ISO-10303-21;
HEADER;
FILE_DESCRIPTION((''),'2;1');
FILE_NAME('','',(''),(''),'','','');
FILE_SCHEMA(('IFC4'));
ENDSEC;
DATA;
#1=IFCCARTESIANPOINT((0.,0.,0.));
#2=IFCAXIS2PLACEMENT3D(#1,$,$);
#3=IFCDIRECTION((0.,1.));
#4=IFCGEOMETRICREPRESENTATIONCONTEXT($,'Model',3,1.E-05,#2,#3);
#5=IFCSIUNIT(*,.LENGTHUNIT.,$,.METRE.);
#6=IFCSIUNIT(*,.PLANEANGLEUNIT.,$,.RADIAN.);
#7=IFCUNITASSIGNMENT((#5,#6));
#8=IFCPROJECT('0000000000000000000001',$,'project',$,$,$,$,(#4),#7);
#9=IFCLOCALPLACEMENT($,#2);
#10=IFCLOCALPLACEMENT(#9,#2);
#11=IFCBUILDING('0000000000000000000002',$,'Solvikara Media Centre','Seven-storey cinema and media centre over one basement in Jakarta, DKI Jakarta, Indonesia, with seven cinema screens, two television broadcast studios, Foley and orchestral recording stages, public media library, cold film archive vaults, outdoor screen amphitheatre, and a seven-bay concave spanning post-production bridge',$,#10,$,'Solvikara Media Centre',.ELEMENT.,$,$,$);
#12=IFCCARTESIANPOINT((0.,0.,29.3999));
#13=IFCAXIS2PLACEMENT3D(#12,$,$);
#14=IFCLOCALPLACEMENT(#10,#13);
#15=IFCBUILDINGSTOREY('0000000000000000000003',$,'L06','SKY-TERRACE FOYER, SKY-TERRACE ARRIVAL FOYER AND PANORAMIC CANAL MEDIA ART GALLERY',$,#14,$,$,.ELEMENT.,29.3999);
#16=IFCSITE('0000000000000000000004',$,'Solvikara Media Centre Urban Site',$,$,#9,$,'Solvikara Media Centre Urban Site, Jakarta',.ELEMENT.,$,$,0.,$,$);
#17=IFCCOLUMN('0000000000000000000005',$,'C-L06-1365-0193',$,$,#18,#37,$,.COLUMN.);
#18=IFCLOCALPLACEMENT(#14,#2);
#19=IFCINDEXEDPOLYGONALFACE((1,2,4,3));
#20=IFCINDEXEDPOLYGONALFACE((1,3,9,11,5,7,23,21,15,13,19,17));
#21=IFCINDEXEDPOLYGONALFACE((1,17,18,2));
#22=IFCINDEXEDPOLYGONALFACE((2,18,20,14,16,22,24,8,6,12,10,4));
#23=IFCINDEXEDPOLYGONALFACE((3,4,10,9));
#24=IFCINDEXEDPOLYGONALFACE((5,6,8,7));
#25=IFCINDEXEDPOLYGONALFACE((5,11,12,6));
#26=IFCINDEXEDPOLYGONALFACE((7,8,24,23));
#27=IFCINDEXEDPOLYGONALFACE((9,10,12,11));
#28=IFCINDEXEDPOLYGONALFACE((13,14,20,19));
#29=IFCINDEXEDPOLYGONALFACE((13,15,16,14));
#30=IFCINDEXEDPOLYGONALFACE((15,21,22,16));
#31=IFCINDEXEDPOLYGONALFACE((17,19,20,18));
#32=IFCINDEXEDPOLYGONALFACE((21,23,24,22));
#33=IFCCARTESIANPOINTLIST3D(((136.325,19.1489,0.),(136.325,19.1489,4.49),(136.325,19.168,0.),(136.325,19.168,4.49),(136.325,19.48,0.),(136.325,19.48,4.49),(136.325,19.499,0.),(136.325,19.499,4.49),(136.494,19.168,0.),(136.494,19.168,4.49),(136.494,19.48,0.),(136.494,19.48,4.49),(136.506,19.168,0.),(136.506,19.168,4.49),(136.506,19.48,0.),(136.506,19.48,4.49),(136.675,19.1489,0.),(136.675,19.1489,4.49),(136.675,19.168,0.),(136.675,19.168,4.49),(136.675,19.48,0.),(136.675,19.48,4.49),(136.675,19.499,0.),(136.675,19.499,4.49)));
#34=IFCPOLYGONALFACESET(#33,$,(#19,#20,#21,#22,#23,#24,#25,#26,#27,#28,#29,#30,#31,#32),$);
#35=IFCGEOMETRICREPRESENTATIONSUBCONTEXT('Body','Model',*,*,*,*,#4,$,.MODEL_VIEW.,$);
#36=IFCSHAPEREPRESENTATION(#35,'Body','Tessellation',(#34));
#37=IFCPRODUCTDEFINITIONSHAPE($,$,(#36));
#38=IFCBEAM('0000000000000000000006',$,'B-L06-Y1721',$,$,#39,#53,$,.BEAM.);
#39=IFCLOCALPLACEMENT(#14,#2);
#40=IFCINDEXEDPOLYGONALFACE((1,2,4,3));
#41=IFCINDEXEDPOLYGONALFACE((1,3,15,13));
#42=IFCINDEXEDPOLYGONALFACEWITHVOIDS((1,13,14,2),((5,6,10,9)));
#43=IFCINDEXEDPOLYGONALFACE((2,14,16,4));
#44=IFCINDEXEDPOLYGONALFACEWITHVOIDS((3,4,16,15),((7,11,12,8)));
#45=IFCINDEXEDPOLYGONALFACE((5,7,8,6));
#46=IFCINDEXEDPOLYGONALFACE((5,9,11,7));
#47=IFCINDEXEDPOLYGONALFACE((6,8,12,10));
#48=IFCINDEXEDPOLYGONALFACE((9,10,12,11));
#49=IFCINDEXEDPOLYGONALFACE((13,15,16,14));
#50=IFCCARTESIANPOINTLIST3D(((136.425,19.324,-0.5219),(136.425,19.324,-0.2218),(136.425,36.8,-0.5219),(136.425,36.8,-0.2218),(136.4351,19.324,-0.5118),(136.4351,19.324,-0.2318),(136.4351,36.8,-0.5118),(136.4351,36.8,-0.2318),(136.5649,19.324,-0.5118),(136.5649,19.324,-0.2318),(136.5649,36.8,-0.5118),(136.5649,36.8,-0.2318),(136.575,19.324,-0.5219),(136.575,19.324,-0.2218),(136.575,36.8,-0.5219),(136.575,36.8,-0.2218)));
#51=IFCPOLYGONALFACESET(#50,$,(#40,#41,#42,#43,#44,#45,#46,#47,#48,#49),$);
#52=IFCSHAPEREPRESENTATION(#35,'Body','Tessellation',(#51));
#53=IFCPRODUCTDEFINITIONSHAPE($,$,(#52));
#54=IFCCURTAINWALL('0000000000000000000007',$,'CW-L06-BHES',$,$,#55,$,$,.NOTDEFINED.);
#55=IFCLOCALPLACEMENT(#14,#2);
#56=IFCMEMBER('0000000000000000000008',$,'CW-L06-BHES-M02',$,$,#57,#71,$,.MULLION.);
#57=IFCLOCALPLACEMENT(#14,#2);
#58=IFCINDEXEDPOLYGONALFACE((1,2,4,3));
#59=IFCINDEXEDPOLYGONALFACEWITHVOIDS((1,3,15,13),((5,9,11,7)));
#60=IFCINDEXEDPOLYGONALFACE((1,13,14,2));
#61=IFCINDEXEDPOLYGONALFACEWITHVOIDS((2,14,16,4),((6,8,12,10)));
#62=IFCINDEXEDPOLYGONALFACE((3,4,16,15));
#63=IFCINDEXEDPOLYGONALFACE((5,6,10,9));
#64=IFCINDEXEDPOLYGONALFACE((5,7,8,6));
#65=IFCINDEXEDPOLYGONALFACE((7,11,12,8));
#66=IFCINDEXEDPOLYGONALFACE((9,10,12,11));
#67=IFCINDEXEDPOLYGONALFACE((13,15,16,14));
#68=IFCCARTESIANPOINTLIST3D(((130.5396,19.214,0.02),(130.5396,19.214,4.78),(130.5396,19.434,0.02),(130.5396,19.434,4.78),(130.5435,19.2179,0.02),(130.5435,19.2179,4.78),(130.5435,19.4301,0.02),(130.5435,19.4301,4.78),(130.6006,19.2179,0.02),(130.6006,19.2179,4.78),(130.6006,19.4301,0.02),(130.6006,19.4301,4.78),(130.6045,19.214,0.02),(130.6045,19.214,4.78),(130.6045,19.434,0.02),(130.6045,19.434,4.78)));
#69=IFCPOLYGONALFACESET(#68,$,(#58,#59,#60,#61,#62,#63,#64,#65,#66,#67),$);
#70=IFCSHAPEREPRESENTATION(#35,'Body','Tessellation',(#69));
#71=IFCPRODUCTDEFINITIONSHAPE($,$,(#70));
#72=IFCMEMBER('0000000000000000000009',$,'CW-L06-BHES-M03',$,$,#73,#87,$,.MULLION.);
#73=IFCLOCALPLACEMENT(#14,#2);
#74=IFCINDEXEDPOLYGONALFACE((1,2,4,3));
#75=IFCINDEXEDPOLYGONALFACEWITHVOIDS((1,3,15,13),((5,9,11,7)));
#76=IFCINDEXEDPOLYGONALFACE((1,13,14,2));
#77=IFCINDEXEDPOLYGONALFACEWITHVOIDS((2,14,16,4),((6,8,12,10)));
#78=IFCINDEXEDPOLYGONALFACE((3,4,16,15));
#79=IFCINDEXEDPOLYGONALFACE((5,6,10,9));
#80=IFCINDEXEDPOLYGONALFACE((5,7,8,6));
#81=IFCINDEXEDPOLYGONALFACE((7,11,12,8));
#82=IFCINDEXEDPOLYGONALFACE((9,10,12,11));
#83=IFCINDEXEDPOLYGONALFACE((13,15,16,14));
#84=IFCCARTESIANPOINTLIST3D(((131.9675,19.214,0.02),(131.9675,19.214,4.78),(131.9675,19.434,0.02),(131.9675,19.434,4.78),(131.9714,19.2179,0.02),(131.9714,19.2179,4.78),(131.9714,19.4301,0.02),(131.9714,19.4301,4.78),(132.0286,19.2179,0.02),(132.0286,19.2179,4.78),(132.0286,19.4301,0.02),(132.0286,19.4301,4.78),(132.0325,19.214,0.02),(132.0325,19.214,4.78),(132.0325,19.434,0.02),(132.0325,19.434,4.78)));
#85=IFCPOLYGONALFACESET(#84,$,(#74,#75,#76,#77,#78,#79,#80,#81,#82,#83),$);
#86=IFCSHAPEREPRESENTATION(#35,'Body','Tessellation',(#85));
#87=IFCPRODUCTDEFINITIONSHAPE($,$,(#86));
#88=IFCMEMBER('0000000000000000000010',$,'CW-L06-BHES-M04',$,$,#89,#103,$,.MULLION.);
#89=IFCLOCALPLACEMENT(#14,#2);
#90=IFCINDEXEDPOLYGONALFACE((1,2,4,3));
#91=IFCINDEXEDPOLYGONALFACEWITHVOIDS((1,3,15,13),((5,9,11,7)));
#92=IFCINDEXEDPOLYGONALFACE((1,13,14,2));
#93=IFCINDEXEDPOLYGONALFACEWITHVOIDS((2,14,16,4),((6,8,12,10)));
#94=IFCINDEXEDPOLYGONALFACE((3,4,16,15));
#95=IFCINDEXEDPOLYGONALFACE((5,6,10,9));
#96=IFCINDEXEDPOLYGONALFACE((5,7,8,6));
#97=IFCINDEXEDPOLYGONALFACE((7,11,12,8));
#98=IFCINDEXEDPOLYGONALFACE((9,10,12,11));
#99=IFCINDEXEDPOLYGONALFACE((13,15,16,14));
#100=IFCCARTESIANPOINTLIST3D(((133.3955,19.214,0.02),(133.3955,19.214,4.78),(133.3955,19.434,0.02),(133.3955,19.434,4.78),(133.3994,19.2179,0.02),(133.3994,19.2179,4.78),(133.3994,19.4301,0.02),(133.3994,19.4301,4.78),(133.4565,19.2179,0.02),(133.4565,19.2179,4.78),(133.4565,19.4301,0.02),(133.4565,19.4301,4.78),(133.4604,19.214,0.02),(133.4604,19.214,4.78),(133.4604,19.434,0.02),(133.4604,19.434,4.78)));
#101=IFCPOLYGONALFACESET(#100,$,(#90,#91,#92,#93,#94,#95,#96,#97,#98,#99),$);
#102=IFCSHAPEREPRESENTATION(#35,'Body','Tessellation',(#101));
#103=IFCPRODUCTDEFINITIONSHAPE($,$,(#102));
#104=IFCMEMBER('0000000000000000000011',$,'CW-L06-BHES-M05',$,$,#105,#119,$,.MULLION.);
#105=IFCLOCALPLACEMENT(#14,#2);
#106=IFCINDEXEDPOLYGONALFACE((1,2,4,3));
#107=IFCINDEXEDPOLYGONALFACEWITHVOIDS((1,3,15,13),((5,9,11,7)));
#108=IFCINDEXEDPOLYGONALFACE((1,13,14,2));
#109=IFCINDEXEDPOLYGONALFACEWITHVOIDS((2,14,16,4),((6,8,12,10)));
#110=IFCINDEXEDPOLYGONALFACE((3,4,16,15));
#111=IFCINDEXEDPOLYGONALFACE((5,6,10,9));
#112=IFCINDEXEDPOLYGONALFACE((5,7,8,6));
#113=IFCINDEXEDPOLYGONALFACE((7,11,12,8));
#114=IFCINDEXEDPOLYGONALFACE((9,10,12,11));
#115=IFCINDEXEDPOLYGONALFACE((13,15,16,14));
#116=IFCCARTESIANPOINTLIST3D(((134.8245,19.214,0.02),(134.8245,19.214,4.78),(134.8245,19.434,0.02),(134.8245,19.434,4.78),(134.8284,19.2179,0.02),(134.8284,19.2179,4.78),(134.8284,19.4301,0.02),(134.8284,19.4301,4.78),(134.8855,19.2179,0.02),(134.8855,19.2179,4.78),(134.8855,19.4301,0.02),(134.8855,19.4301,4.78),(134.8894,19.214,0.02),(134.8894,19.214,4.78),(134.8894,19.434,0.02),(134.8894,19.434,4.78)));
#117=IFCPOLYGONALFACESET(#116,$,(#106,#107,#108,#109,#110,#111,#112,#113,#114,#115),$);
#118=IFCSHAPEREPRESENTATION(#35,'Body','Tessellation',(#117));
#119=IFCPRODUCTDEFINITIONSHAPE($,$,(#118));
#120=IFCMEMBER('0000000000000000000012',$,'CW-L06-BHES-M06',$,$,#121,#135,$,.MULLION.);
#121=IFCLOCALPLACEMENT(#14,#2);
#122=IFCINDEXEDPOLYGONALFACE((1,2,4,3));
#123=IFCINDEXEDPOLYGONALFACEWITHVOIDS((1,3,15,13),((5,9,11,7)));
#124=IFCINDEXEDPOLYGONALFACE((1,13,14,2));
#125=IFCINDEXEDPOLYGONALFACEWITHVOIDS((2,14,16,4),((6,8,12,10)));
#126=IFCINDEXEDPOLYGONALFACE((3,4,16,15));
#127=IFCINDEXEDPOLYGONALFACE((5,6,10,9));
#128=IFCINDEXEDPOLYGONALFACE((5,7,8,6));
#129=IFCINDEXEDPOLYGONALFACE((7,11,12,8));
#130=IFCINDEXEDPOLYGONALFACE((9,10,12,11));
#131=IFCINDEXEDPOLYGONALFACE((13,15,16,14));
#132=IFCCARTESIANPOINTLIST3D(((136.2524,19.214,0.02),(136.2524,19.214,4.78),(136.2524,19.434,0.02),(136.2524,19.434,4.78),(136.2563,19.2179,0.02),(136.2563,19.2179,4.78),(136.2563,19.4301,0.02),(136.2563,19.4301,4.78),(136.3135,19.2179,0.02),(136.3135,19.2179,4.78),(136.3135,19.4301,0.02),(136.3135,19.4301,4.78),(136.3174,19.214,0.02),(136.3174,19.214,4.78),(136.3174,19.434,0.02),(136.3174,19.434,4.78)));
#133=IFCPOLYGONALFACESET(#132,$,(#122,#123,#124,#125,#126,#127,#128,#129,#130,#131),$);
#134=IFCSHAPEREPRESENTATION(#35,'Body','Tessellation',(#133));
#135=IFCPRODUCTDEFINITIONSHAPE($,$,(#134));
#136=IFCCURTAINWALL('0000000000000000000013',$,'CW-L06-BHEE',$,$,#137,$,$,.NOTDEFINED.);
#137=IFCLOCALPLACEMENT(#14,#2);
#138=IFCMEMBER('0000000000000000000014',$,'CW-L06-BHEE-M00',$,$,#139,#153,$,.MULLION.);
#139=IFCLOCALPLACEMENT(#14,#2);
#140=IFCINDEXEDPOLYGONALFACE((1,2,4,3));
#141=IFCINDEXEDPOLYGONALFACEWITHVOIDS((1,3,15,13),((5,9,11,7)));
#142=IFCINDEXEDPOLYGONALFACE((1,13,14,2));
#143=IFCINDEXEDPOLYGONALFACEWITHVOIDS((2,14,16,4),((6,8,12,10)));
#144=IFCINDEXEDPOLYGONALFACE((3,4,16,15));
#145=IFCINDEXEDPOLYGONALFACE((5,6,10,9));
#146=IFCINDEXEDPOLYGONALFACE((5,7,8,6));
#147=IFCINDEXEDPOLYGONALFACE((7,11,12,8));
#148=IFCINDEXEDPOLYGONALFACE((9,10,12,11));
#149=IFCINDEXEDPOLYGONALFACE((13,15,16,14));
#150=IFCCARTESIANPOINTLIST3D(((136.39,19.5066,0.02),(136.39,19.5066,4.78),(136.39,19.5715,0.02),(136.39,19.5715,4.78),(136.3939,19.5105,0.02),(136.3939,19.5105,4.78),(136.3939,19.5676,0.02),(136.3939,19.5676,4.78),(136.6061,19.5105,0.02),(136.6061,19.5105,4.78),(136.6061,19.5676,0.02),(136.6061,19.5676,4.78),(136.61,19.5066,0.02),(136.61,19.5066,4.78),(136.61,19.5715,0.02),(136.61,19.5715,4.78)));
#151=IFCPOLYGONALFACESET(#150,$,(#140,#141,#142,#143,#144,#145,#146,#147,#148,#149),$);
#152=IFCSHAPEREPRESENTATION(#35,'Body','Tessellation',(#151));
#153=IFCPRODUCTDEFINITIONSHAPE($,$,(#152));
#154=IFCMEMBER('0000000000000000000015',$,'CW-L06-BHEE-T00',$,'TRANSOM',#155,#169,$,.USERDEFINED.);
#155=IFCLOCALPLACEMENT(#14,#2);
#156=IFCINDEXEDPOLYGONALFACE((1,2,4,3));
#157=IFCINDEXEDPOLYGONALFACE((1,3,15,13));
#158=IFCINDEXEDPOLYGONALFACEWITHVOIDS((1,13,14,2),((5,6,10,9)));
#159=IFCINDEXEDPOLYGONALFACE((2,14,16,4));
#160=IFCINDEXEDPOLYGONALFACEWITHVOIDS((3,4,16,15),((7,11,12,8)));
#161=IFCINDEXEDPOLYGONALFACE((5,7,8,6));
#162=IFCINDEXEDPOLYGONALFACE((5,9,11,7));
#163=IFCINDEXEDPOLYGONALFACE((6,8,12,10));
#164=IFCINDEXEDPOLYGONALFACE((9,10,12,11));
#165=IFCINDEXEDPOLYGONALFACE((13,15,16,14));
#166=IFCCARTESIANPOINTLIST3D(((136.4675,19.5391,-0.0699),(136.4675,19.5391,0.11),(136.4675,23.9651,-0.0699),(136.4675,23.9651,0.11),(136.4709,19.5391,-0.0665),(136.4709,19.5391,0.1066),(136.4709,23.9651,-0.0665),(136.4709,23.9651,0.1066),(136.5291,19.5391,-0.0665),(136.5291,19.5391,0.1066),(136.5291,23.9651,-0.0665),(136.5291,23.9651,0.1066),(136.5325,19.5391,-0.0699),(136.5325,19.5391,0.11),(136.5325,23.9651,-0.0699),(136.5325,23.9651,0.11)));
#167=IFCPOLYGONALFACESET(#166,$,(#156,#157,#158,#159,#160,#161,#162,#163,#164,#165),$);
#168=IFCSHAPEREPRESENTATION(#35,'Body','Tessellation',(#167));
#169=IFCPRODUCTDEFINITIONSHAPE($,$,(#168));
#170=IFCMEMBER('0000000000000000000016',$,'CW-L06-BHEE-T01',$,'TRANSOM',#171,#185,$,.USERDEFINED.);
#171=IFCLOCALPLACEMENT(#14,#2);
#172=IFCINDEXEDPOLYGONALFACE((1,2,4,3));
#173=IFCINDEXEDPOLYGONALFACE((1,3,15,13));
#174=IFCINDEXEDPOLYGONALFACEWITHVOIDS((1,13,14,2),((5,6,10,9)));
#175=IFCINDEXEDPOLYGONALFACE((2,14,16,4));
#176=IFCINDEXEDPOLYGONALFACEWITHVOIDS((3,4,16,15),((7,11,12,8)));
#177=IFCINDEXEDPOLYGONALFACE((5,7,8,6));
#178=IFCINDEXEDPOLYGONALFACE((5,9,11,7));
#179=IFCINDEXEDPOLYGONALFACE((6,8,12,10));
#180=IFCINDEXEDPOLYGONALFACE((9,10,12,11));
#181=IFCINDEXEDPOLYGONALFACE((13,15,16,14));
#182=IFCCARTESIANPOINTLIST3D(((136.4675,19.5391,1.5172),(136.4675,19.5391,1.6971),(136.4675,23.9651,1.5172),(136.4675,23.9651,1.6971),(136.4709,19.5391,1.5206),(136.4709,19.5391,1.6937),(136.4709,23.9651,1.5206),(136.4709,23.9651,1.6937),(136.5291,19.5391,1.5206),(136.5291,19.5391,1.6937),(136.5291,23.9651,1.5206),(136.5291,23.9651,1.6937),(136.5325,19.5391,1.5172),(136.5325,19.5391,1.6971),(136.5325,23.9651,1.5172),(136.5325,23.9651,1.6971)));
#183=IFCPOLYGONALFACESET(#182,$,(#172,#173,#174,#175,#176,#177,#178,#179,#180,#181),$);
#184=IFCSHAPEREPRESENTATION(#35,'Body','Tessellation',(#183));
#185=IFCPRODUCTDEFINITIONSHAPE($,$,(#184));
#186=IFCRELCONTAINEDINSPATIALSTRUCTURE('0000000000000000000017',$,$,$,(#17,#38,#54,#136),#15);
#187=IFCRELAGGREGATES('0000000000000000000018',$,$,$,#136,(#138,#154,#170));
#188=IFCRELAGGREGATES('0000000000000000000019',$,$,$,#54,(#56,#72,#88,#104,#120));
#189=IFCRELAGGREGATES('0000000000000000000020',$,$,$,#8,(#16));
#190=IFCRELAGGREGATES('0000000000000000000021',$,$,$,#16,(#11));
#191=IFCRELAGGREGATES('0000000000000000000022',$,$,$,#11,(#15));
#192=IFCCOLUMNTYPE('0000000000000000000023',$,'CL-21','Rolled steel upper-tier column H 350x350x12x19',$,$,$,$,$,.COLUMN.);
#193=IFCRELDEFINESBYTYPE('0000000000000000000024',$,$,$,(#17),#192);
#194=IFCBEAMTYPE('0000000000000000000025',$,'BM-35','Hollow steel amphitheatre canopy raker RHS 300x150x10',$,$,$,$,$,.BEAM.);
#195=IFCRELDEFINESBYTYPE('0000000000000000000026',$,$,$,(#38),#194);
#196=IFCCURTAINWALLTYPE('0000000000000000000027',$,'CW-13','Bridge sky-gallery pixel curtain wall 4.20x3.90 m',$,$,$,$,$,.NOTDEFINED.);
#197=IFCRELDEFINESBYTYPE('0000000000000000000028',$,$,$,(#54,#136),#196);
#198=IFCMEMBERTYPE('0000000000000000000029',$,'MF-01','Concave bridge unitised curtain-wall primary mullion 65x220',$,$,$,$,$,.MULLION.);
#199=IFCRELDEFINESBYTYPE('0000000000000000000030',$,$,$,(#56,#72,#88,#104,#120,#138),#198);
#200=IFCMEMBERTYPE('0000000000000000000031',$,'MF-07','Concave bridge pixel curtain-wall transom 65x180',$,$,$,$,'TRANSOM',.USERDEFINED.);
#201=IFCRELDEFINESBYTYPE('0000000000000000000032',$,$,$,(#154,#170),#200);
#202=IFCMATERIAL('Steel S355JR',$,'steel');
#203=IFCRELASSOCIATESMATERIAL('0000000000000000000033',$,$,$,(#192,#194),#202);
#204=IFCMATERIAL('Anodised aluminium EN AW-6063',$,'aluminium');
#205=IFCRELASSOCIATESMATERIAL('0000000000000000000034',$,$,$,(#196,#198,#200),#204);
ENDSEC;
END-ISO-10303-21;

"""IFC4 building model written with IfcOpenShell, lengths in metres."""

from ifc_helpers import new_model, si_unit, direction, frame, origin, origin_2d, place, context, subcontext, project, spatial, hollow_rectangle, i_section, extrude, material, material_profile, profile_set, type_object, element, aggregate, save


model = new_model("IFC4")

# Units and contexts
model_context = context("Model", 3, precision=1e-05, world=origin(), true_north=direction((0.0, 1.0)))
body_context = subcontext(model_context, "Body", "Model", "MODEL_VIEW")
ifc_project = project(units=[si_unit("LENGTHUNIT", "METRE"), si_unit("PLANEANGLEUNIT", "RADIAN")], contexts=[model_context])

# Site, building, storey
site_placement = place(None, origin())
site = spatial("IfcSite", under=ifc_project, at=site_placement, Name="Solvikara Media Centre Urban Site", LongName="Solvikara Media Centre Urban Site, Jakarta", CompositionType="ELEMENT", RefElevation=0.0)
building_placement = place(site_placement, origin())
building = spatial("IfcBuilding", under=site, at=building_placement, Name="Solvikara Media Centre", Description="Seven-storey cinema and media centre over one basement in Jakarta, DKI Jakarta, Indonesia, with seven cinema screens, two television broadcast studios, Foley and orchestral recording stages, public media library, cold film archive vaults, outdoor screen amphitheatre, and a seven-bay concave spanning post-production bridge", LongName="Solvikara Media Centre", CompositionType="ELEMENT")
storey_placement = place(building_placement, frame((0.0, 0.0, 29.3999)))
storey = spatial("IfcBuildingStorey", under=building, at=storey_placement, Name="L06", Description="SKY-TERRACE FOYER, SKY-TERRACE ARRIVAL FOYER AND PANORAMIC CANAL MEDIA ART GALLERY", CompositionType="ELEMENT", Elevation=29.3999)

# Column
ifc_material_1 = material(Name="Steel S355JR", Category="steel")
ifc_material_profile_1 = material_profile(ifc_material_1, i_section(OverallWidth=0.3501, OverallDepth=0.3501, WebThickness=0.012, FlangeThickness=0.019, at=origin_2d()), Name="H 350x350x12x19")
ifc_profile_set_1 = profile_set([ifc_material_profile_1], Name="Steel S355JR")
column_type = type_object("IfcColumnType", Name="CL-21", Description="Rolled steel upper-tier column H 350x350x12x19", PredefinedType="COLUMN", material=ifc_profile_set_1)
column_placement = place(storey_placement, frame((136.5, 19.324, 0.0), z_axis=(0.0, 0.0, 1.0), x_axis=(1.0, 0.0, 0.0)))
element("IfcColumn", 1, at=column_placement, inside=storey, type_object=column_type, Name="C-L06-1365-0193", PredefinedType="COLUMN", context=body_context, shape_type="SweptSolid", body=[
    extrude(i_section(OverallWidth=0.3501, OverallDepth=0.3501, WebThickness=0.012, FlangeThickness=0.019, at=origin_2d()), origin(), (0.0, 0.0, 1.0), 4.49),
])

# Beam
ifc_material_profile_2 = material_profile(ifc_material_1, hollow_rectangle(XDim=0.1499, YDim=0.3, WallThickness=0.01, at=origin_2d()), Name="RHS 300x150x10")
ifc_profile_set_2 = profile_set([ifc_material_profile_2], Name="Steel S355JR")
beam_type = type_object("IfcBeamType", Name="BM-35", Description="Hollow steel amphitheatre canopy raker RHS 300x150x10", PredefinedType="BEAM", material=ifc_profile_set_2)
beam_placement = place(storey_placement, frame((136.5, 19.324, -0.3718), z_axis=(0.0, 1.0, 0.0), x_axis=(-1.0, 0.0, 0.0)))
element("IfcBeam", 2, at=beam_placement, inside=storey, type_object=beam_type, Name="B-L06-Y1721", PredefinedType="BEAM", context=body_context, shape_type="SweptSolid", body=[
    extrude(hollow_rectangle(XDim=0.1499, YDim=0.3, WallThickness=0.01, at=origin_2d()), origin(), (0.0, 0.0, 1.0), 17.4761),
])

# Curtain walls, members
ifc_material_2 = material(Name="Anodised aluminium EN AW-6063", Category="aluminium")
curtain_wall_type = type_object("IfcCurtainWallType", Name="CW-13", Description="Bridge sky-gallery pixel curtain wall 4.20x3.90 m", PredefinedType="NOTDEFINED", material=ifc_material_2)
curtain_wall_1_placement = place(storey_placement, origin())
curtain_wall_1 = element("IfcCurtainWall", 3, at=curtain_wall_1_placement, inside=storey, type_object=curtain_wall_type, Name="CW-L06-BHES", PredefinedType="NOTDEFINED")
ifc_material_profile_3 = material_profile(ifc_material_2, hollow_rectangle(XDim=0.0649, YDim=0.22, WallThickness=0.0039, at=origin_2d()), Name="ALU-M 65x220x4")
ifc_profile_set_3 = profile_set([ifc_material_profile_3], Name="Anodised aluminium EN AW-6063")
member_type_1 = type_object("IfcMemberType", Name="MF-01", Description="Concave bridge unitised curtain-wall primary mullion 65x220", PredefinedType="MULLION", material=ifc_profile_set_3)
member_1_placement = place(storey_placement, frame((130.572, 19.324, 0.02), z_axis=(0.0, 0.0, 1.0), x_axis=(1.0, 0.0, 0.0)))
member_1 = element("IfcMember", 4, at=member_1_placement, type_object=member_type_1, Name="CW-L06-BHES-M02", PredefinedType="MULLION", context=body_context, shape_type="SweptSolid", body=[
    extrude(hollow_rectangle(XDim=0.0649, YDim=0.22, WallThickness=0.0039, at=origin_2d()), origin(), (0.0, 0.0, 1.0), 4.76),
])
member_2_placement = place(storey_placement, frame((132.0, 19.324, 0.02), z_axis=(0.0, 0.0, 1.0), x_axis=(1.0, 0.0, 0.0)))
member_2 = element("IfcMember", 5, at=member_2_placement, type_object=member_type_1, Name="CW-L06-BHES-M03", PredefinedType="MULLION", context=body_context, shape_type="SweptSolid", body=[
    extrude(hollow_rectangle(XDim=0.0649, YDim=0.22, WallThickness=0.0039, at=origin_2d()), origin(), (0.0, 0.0, 1.0), 4.76),
])
member_3_placement = place(storey_placement, frame((133.428, 19.324, 0.02), z_axis=(0.0, 0.0, 1.0), x_axis=(1.0, 0.0, 0.0)))
member_3 = element("IfcMember", 6, at=member_3_placement, type_object=member_type_1, Name="CW-L06-BHES-M04", PredefinedType="MULLION", context=body_context, shape_type="SweptSolid", body=[
    extrude(hollow_rectangle(XDim=0.0649, YDim=0.22, WallThickness=0.0039, at=origin_2d()), origin(), (0.0, 0.0, 1.0), 4.76),
])
member_4_placement = place(storey_placement, frame((134.8569, 19.324, 0.02), z_axis=(0.0, 0.0, 1.0), x_axis=(1.0, 0.0, 0.0)))
member_4 = element("IfcMember", 7, at=member_4_placement, type_object=member_type_1, Name="CW-L06-BHES-M05", PredefinedType="MULLION", context=body_context, shape_type="SweptSolid", body=[
    extrude(hollow_rectangle(XDim=0.0649, YDim=0.22, WallThickness=0.0039, at=origin_2d()), origin(), (0.0, 0.0, 1.0), 4.76),
])
member_5_placement = place(storey_placement, frame((136.2849, 19.324, 0.02), z_axis=(0.0, 0.0, 1.0), x_axis=(1.0, 0.0, 0.0)))
member_5 = element("IfcMember", 8, at=member_5_placement, type_object=member_type_1, Name="CW-L06-BHES-M06", PredefinedType="MULLION", context=body_context, shape_type="SweptSolid", body=[
    extrude(hollow_rectangle(XDim=0.0649, YDim=0.22, WallThickness=0.0039, at=origin_2d()), origin(), (0.0, 0.0, 1.0), 4.76),
])
curtain_wall_2_placement = place(storey_placement, origin())
curtain_wall_2 = element("IfcCurtainWall", 9, at=curtain_wall_2_placement, inside=storey, type_object=curtain_wall_type, Name="CW-L06-BHEE", PredefinedType="NOTDEFINED")
member_6_placement = place(storey_placement, frame((136.5, 19.5391, 0.02), z_axis=(0.0, 0.0, 1.0), x_axis=(0.0, 1.0, 0.0)))
member_6 = element("IfcMember", 10, at=member_6_placement, type_object=member_type_1, Name="CW-L06-BHEE-M00", PredefinedType="MULLION", context=body_context, shape_type="SweptSolid", body=[
    extrude(hollow_rectangle(XDim=0.0649, YDim=0.22, WallThickness=0.0039, at=origin_2d()), origin(), (0.0, 0.0, 1.0), 4.76),
])
ifc_material_profile_4 = material_profile(ifc_material_2, hollow_rectangle(XDim=0.0649, YDim=0.1799, WallThickness=0.0034, at=origin_2d()), Name="ALU-T 65x180x3.5")
ifc_profile_set_4 = profile_set([ifc_material_profile_4], Name="Anodised aluminium EN AW-6063")
member_type_2 = type_object("IfcMemberType", Name="MF-07", Description="Concave bridge pixel curtain-wall transom 65x180", ElementType="TRANSOM", PredefinedType="USERDEFINED", material=ifc_profile_set_4)
member_7_placement = place(storey_placement, frame((136.5, 19.5391, 0.02), z_axis=(0.0, 1.0, 0.0), x_axis=(-1.0, 0.0, 0.0)))
member_7 = element("IfcMember", 11, at=member_7_placement, type_object=member_type_2, Name="CW-L06-BHEE-T00", ObjectType="TRANSOM", PredefinedType="USERDEFINED", context=body_context, shape_type="SweptSolid", body=[
    extrude(hollow_rectangle(XDim=0.0649, YDim=0.1799, WallThickness=0.0034, at=origin_2d()), origin(), (0.0, 0.0, 1.0), 4.426),
])
member_8_placement = place(storey_placement, frame((136.5, 19.5391, 1.6072), z_axis=(0.0, 1.0, 0.0), x_axis=(-1.0, 0.0, 0.0)))
member_8 = element("IfcMember", 12, at=member_8_placement, type_object=member_type_2, Name="CW-L06-BHEE-T01", ObjectType="TRANSOM", PredefinedType="USERDEFINED", context=body_context, shape_type="SweptSolid", body=[
    extrude(hollow_rectangle(XDim=0.0649, YDim=0.1799, WallThickness=0.0034, at=origin_2d()), origin(), (0.0, 0.0, 1.0), 4.426),
])
aggregate(curtain_wall_2, [member_6, member_7, member_8])

aggregate(curtain_wall_1, [member_1, member_2, member_3, member_4, member_5])

save(model, "model.ifc")
